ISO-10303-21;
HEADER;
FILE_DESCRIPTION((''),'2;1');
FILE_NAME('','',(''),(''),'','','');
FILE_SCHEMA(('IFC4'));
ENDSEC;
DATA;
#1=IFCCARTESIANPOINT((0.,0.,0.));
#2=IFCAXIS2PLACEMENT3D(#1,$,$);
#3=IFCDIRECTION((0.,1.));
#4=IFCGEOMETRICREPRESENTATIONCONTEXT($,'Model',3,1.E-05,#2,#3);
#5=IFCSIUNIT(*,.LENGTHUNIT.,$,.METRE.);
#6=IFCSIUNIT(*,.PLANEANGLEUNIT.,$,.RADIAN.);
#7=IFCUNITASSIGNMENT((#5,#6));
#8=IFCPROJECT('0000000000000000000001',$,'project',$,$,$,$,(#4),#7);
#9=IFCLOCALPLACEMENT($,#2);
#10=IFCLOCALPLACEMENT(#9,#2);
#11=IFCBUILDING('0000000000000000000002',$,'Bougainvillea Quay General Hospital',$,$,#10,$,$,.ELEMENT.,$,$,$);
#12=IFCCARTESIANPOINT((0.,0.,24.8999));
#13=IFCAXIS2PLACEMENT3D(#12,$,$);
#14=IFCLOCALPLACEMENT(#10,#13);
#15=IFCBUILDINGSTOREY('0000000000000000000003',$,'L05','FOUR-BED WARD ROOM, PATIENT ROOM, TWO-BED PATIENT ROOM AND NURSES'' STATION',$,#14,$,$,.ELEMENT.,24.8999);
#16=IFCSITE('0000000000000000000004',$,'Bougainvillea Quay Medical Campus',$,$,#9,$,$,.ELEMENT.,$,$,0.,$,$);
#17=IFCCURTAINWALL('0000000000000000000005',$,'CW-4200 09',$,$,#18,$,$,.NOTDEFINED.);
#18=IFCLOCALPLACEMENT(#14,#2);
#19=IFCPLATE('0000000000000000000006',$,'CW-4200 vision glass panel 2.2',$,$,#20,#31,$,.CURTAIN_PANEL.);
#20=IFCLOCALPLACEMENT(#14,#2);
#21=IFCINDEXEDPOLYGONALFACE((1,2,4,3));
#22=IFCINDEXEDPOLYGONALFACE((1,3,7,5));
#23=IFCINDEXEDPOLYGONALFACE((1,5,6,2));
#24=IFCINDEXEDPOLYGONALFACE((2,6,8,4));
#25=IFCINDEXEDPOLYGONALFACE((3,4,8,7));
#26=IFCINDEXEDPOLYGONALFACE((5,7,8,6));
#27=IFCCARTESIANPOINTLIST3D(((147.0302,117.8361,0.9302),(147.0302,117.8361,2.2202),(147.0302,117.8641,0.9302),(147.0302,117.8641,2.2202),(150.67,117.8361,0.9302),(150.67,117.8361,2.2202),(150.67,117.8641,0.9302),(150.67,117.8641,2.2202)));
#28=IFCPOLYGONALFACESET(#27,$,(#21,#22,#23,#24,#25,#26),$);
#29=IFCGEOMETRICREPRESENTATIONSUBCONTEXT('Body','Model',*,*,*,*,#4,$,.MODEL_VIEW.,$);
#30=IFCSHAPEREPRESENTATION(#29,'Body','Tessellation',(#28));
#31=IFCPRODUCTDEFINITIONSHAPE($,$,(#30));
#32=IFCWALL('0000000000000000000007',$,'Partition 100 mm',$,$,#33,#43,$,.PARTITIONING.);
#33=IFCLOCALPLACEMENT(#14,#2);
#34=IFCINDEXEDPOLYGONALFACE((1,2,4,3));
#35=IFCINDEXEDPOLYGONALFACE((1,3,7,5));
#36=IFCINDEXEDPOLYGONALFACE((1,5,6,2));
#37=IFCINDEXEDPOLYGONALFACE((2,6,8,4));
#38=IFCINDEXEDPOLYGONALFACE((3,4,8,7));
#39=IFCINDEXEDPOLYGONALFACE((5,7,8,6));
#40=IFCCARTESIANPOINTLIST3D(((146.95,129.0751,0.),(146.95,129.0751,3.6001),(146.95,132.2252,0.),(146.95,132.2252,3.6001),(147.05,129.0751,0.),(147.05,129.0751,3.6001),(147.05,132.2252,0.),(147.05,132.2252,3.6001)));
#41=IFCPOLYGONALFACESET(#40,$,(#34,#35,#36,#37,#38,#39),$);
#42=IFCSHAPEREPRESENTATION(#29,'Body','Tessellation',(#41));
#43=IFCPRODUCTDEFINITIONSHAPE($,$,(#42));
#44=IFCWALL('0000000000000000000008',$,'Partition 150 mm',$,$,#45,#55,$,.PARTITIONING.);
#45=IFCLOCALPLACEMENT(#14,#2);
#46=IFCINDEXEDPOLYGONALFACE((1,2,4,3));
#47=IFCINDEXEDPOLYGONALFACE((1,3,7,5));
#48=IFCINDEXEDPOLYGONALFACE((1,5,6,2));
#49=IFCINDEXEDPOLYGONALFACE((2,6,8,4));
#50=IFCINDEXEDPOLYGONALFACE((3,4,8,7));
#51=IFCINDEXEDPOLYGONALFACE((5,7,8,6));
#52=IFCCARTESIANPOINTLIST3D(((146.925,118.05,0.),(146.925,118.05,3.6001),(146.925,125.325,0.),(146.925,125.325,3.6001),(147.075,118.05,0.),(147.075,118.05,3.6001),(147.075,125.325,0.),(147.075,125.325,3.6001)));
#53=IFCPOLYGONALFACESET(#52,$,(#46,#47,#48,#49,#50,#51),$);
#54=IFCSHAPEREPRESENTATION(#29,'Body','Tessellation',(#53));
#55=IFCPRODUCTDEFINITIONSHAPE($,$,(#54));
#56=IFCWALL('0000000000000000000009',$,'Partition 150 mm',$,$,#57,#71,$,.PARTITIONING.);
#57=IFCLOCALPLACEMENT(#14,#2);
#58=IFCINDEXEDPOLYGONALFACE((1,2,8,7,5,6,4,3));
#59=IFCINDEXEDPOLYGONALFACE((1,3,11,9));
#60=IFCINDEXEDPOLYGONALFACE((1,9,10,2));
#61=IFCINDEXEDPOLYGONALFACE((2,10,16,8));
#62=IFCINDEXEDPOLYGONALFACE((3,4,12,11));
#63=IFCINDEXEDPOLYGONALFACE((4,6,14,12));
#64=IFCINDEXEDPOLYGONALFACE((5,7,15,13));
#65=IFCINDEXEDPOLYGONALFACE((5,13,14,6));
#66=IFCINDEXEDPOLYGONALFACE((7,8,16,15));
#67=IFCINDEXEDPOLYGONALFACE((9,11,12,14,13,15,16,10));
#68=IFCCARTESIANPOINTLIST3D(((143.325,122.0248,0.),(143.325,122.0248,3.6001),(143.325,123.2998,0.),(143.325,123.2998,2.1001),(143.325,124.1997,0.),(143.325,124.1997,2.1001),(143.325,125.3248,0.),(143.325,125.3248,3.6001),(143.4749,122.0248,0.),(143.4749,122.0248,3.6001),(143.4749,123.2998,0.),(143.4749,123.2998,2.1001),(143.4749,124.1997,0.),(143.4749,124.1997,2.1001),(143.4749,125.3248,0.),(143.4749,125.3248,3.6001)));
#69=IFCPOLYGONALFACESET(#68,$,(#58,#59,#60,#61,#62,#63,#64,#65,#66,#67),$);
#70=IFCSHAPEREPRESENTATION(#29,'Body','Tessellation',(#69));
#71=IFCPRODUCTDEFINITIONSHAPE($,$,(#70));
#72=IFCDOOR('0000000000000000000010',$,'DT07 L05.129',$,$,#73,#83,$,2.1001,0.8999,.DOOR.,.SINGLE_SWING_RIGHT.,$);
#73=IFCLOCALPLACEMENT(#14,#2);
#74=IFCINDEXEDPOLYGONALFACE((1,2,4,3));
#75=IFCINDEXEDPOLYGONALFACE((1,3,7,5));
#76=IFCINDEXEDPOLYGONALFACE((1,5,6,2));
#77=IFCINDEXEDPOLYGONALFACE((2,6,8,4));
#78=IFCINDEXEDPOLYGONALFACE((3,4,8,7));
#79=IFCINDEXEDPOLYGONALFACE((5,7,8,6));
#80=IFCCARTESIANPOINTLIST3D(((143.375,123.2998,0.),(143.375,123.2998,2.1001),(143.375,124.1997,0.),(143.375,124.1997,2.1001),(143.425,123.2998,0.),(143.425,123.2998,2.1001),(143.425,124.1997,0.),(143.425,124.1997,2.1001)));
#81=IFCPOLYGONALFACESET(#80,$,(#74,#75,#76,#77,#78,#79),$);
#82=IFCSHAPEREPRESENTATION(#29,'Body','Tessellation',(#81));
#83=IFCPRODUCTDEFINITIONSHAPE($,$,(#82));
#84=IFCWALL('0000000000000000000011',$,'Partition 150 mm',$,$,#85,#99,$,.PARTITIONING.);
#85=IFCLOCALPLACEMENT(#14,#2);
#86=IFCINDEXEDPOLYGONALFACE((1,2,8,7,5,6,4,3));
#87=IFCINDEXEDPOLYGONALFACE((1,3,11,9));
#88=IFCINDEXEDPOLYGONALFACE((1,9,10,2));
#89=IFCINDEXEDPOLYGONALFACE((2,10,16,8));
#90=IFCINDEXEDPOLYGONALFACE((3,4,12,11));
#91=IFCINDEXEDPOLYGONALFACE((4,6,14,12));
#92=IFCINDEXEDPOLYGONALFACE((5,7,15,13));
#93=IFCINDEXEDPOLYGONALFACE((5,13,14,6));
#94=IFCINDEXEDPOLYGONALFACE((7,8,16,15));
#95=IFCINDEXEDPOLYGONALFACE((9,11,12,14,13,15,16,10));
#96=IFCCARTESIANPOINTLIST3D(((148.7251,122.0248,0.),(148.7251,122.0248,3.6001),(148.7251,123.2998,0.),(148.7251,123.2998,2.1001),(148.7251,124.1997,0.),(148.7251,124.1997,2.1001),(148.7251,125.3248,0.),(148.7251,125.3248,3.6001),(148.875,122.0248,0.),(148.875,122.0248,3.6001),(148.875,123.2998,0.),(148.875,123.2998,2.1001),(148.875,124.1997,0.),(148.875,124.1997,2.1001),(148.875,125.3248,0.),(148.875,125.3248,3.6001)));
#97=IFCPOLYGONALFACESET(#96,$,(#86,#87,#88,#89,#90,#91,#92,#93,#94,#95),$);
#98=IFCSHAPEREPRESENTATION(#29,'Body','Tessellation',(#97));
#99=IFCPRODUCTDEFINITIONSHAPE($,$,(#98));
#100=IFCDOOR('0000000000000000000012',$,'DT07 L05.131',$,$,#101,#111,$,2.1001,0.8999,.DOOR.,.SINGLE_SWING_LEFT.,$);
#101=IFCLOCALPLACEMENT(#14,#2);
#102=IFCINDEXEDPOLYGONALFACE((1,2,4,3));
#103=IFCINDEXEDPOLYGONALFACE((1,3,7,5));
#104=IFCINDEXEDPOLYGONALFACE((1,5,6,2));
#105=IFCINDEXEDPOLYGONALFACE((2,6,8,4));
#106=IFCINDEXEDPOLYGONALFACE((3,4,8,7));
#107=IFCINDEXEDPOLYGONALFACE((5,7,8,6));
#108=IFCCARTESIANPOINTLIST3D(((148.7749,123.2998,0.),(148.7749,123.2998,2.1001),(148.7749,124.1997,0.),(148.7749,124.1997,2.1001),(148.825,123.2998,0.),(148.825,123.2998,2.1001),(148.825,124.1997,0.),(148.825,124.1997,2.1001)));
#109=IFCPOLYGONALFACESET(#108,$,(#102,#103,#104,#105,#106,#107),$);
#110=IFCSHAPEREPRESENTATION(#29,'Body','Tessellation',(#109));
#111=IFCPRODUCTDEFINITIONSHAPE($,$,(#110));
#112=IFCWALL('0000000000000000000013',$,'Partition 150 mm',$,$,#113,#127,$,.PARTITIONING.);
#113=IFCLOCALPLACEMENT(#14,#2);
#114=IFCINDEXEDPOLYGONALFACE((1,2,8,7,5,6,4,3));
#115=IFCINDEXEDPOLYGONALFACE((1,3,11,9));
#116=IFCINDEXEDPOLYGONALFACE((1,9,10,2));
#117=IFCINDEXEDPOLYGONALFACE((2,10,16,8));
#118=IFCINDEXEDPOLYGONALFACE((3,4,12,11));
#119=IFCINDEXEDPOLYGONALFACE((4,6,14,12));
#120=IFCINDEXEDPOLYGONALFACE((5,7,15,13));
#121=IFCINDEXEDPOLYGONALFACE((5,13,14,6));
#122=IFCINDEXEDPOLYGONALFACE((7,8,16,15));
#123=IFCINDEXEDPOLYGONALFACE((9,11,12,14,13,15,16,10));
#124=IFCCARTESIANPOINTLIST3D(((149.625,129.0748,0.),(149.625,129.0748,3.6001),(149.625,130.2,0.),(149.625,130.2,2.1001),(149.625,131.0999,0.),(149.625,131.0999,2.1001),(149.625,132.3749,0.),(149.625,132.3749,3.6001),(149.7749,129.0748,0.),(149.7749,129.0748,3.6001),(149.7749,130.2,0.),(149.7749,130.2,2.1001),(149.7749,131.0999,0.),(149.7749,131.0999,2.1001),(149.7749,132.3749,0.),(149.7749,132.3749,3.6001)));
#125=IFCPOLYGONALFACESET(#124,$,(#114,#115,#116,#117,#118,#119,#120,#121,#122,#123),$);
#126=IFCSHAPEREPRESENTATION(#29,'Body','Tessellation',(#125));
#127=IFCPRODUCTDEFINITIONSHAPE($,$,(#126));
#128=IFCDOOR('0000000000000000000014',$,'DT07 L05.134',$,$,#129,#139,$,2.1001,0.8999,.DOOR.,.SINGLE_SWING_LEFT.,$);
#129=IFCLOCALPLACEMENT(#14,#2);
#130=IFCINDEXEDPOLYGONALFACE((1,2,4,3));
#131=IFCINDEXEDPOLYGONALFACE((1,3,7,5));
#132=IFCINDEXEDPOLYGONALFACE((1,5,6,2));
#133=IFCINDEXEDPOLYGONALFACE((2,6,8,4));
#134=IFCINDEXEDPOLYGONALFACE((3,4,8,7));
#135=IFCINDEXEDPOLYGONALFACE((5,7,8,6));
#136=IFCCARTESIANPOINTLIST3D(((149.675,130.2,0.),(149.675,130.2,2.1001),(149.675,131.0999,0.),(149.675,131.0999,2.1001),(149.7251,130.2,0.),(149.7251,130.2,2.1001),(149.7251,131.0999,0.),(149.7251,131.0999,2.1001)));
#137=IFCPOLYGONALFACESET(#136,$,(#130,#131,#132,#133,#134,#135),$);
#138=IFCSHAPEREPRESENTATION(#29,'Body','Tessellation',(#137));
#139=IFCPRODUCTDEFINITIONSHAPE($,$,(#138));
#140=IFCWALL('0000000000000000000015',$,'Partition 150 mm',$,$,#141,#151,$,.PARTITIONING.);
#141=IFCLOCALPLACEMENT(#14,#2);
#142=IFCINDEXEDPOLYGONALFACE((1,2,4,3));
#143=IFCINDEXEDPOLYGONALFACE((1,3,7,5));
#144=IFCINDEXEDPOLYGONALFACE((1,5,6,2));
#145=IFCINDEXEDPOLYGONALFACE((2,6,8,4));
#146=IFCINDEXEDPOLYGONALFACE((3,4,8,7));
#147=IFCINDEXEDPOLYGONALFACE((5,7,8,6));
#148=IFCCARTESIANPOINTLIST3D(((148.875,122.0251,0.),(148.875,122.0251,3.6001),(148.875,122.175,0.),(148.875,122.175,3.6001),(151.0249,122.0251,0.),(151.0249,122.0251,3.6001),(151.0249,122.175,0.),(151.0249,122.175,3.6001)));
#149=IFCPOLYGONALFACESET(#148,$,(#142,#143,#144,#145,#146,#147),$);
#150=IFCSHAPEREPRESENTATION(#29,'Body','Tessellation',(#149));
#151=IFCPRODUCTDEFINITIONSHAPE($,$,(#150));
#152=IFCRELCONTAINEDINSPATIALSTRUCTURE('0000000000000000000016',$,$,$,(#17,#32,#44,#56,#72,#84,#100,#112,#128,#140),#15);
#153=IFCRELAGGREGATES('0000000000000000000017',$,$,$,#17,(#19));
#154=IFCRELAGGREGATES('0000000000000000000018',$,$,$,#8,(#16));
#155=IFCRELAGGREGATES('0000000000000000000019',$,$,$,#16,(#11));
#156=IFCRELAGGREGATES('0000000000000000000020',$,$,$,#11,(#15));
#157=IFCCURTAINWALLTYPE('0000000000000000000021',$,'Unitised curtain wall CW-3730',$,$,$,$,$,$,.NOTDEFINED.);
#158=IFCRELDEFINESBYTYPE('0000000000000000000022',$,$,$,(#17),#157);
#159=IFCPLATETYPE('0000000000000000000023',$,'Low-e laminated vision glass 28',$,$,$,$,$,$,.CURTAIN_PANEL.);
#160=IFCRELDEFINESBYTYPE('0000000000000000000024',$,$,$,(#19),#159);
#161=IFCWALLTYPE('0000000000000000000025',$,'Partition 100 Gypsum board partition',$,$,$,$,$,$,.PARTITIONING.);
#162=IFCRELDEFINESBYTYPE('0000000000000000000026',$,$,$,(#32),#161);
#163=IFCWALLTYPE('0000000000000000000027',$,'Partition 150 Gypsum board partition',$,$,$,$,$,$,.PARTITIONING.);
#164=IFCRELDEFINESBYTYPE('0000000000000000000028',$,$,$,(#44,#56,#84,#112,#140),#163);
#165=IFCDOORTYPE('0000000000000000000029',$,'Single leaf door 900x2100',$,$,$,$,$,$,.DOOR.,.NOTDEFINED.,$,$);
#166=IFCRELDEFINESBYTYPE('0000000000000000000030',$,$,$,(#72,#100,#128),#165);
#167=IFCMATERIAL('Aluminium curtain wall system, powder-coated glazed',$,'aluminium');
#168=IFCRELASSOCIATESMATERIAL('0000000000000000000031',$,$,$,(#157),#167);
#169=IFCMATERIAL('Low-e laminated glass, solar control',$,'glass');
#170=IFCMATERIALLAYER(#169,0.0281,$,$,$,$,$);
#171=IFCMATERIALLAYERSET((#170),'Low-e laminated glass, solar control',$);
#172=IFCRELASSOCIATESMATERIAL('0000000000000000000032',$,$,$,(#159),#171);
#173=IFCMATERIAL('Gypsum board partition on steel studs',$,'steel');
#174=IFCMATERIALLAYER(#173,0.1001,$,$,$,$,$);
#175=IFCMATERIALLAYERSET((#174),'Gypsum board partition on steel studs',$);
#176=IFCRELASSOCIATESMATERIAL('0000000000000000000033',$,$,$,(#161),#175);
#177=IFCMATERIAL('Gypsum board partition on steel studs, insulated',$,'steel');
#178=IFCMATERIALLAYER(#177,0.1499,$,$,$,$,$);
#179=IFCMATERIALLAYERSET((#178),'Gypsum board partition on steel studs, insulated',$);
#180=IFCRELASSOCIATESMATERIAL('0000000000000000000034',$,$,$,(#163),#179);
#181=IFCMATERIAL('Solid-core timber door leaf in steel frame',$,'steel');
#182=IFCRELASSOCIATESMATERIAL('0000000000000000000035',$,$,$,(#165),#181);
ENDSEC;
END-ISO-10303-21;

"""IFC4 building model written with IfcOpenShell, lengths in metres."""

from ifc_helpers import new_model, si_unit, direction, frame, frame_2d, origin, origin_2d, place, context, subcontext, project, spatial, rectangle, extrude, material, layer, layer_set, type_object, element, fill, aggregate, save


model = new_model("IFC4")

# Units and contexts
model_context = context("Model", 3, precision=1e-05, world=origin(), true_north=direction((0.0, 1.0)))
body_context = subcontext(model_context, "Body", "Model", "MODEL_VIEW")
ifc_project = project(units=[si_unit("LENGTHUNIT", "METRE"), si_unit("PLANEANGLEUNIT", "RADIAN")], contexts=[model_context])

# Site, building, storey
site_placement = place(None, origin())
site = spatial("IfcSite", under=ifc_project, at=site_placement, Name="Bougainvillea Quay Medical Campus", CompositionType="ELEMENT", RefElevation=0.0)
building_placement = place(site_placement, origin())
building = spatial("IfcBuilding", under=site, at=building_placement, Name="Bougainvillea Quay General Hospital", CompositionType="ELEMENT")
storey_placement = place(building_placement, frame((0.0, 0.0, 24.8999)))
storey = spatial("IfcBuildingStorey", under=building, at=storey_placement, Name="L05", Description="FOUR-BED WARD ROOM, PATIENT ROOM, TWO-BED PATIENT ROOM AND NURSES' STATION", CompositionType="ELEMENT", Elevation=24.8999)

# Curtain wall, plate
ifc_material_1 = material(Name="Aluminium curtain wall system, powder-coated glazed", Category="aluminium")
curtain_wall_type = type_object("IfcCurtainWallType", Name="Unitised curtain wall CW-3730", PredefinedType="NOTDEFINED", material=ifc_material_1)
curtain_wall_placement = place(storey_placement, origin())
curtain_wall = element("IfcCurtainWall", 1, at=curtain_wall_placement, inside=storey, type_object=curtain_wall_type, Name="CW-4200 09", PredefinedType="NOTDEFINED")
ifc_material_2 = material(Name="Low-e laminated glass, solar control", Category="glass")
ifc_layer_1 = layer(ifc_material_2, 0.0281)
ifc_layer_set_1 = layer_set([ifc_layer_1], Name="Low-e laminated glass, solar control")
plate_type_1 = type_object("IfcPlateType", Name="Low-e laminated vision glass 28", PredefinedType="CURTAIN_PANEL", material=ifc_layer_set_1)
plate_1_placement = place(storey_placement, frame((148.8501, 117.8501, 0.9302), z_axis=(0.0, 0.0, 1.0), x_axis=(1.0, 0.0, 0.0)))
plate_1 = element("IfcPlate", 2, at=plate_1_placement, type_object=plate_type_1, Name="CW-4200 vision glass panel 2.2", PredefinedType="CURTAIN_PANEL", context=body_context, shape_type="SweptSolid", body=[
    extrude(rectangle(XDim=3.6399, YDim=0.0281, at=origin_2d()), origin(), (0.0, 0.0, 1.0), 1.29),
])
aggregate(curtain_wall, [plate_1])

# Walls
ifc_material_3 = material(Name="Gypsum board partition on steel studs", Category="steel")
ifc_layer_2 = layer(ifc_material_3, 0.1001)
ifc_layer_set_2 = layer_set([ifc_layer_2], Name="Gypsum board partition on steel studs")
wall_type_1 = type_object("IfcWallType", Name="Partition 100 Gypsum board partition", PredefinedType="PARTITIONING", material=ifc_layer_set_2)
wall_1_placement = place(storey_placement, frame((147.0, 129.075, 0.0), z_axis=(0.0, 0.0, 1.0), x_axis=(0.0, 1.0, 0.0)))
element("IfcWall", 3, at=wall_1_placement, inside=storey, type_object=wall_type_1, Name="Partition 100 mm", PredefinedType="PARTITIONING", context=body_context, shape_type="SweptSolid", body=[
    extrude(rectangle(XDim=3.1501, YDim=0.1001, at=frame_2d((1.5752, 0.0))), origin(), (0.0, 0.0, 1.0), 3.6001),
])
ifc_material_4 = material(Name="Gypsum board partition on steel studs, insulated", Category="steel")
ifc_layer_3 = layer(ifc_material_4, 0.1499)
ifc_layer_set_3 = layer_set([ifc_layer_3], Name="Gypsum board partition on steel studs, insulated")
wall_type_2 = type_object("IfcWallType", Name="Partition 150 Gypsum board partition", PredefinedType="PARTITIONING", material=ifc_layer_set_3)
wall_2_placement = place(storey_placement, frame((147.0, 118.05, 0.0), z_axis=(0.0, 0.0, 1.0), x_axis=(0.0, 1.0, 0.0)))
element("IfcWall", 4, at=wall_2_placement, inside=storey, type_object=wall_type_2, Name="Partition 150 mm", PredefinedType="PARTITIONING", context=body_context, shape_type="SweptSolid", body=[
    extrude(rectangle(XDim=7.2749, YDim=0.1499, at=frame_2d((3.6375, 0.0))), origin(), (0.0, 0.0, 1.0), 3.6001),
])

# Walls, openings, doors
wall_3_placement = place(storey_placement, frame((143.3999, 122.0249, 0.0), z_axis=(0.0, 0.0, 1.0), x_axis=(0.0, 1.0, 0.0)))
wall_3 = element("IfcWall", 5, at=wall_3_placement, inside=storey, type_object=wall_type_2, Name="Partition 150 mm", PredefinedType="PARTITIONING", context=body_context, shape_type="SweptSolid", body=[
    extrude(rectangle(XDim=3.3, YDim=0.1499, at=frame_2d((1.6499, 0.0))), origin(), (0.0, 0.0, 1.0), 3.6001),
])
opening_1_placement = place(wall_3_placement, frame((1.2749, 0.0, 0.0)))
opening_1 = element("IfcOpeningElement", 6, at=opening_1_placement, cuts=wall_3, PredefinedType="OPENING", context=body_context, shape_type="SweptSolid", body=[
    extrude(rectangle(XDim=0.8999, YDim=2.1001, at=frame_2d((0.45, 1.05))), frame((0.0, 0.085, 0.0), z_axis=(0.0, -1.0, 0.0), x_axis=(1.0, 0.0, 0.0)), (0.0, 0.0, 1.0), 0.1699),
])
ifc_material_5 = material(Name="Solid-core timber door leaf in steel frame", Category="steel")
door_type_1 = type_object("IfcDoorType", Name="Single leaf door 900x2100", OperationType="NOTDEFINED", PredefinedType="DOOR", material=ifc_material_5)
door_1_placement = place(opening_1_placement, origin())
door_1 = element("IfcDoor", 7, at=door_1_placement, inside=storey, type_object=door_type_1, Name="DT07 L05.129", OperationType="SINGLE_SWING_RIGHT", OverallHeight=2.1001, OverallWidth=0.8999, PredefinedType="DOOR", context=body_context, shape_type="SweptSolid", body=[
    extrude(rectangle(XDim=0.8999, YDim=2.1001, at=frame_2d((0.45, 1.05))), frame((0.0, 0.0249, 0.0), z_axis=(0.0, -1.0, 0.0), x_axis=(1.0, 0.0, 0.0)), (0.0, 0.0, 1.0), 0.05),
])
fill(opening_1, door_1)
wall_4_placement = place(storey_placement, frame((148.8, 122.0249, 0.0), z_axis=(0.0, 0.0, 1.0), x_axis=(0.0, 1.0, 0.0)))
wall_4 = element("IfcWall", 8, at=wall_4_placement, inside=storey, type_object=wall_type_2, Name="Partition 150 mm", PredefinedType="PARTITIONING", context=body_context, shape_type="SweptSolid", body=[
    extrude(rectangle(XDim=3.3, YDim=0.1499, at=frame_2d((1.6499, 0.0))), origin(), (0.0, 0.0, 1.0), 3.6001),
])
opening_2_placement = place(wall_4_placement, frame((1.2749, 0.0, 0.0)))
opening_2 = element("IfcOpeningElement", 9, at=opening_2_placement, cuts=wall_4, PredefinedType="OPENING", context=body_context, shape_type="SweptSolid", body=[
    extrude(rectangle(XDim=0.8999, YDim=2.1001, at=frame_2d((0.45, 1.05))), frame((0.0, 0.085, 0.0), z_axis=(0.0, -1.0, 0.0), x_axis=(1.0, 0.0, 0.0)), (0.0, 0.0, 1.0), 0.1699),
])
door_2_placement = place(opening_2_placement, frame((0.8999, 0.0, 0.0), z_axis=(0.0, 0.0, 1.0), x_axis=(-1.0, 0.0, 0.0)))
door_2 = element("IfcDoor", 10, at=door_2_placement, inside=storey, type_object=door_type_1, Name="DT07 L05.131", OperationType="SINGLE_SWING_LEFT", OverallHeight=2.1001, OverallWidth=0.8999, PredefinedType="DOOR", context=body_context, shape_type="SweptSolid", body=[
    extrude(rectangle(XDim=0.8999, YDim=2.1001, at=frame_2d((0.45, 1.05))), frame((0.0, 0.0249, 0.0), z_axis=(0.0, -1.0, 0.0), x_axis=(1.0, 0.0, 0.0)), (0.0, 0.0, 1.0), 0.05),
])
fill(opening_2, door_2)
wall_5_placement = place(storey_placement, frame((149.7, 129.075, 0.0), z_axis=(0.0, 0.0, 1.0), x_axis=(0.0, 1.0, 0.0)))
wall_5 = element("IfcWall", 11, at=wall_5_placement, inside=storey, type_object=wall_type_2, Name="Partition 150 mm", PredefinedType="PARTITIONING", context=body_context, shape_type="SweptSolid", body=[
    extrude(rectangle(XDim=3.3, YDim=0.1499, at=frame_2d((1.6499, 0.0))), origin(), (0.0, 0.0, 1.0), 3.6001),
])
opening_3_placement = place(wall_5_placement, frame((1.125, 0.0, 0.0)))
opening_3 = element("IfcOpeningElement", 12, at=opening_3_placement, cuts=wall_5, PredefinedType="OPENING", context=body_context, shape_type="SweptSolid", body=[
    extrude(rectangle(XDim=0.8999, YDim=2.1001, at=frame_2d((0.45, 1.05))), frame((0.0, 0.085, 0.0), z_axis=(0.0, -1.0, 0.0), x_axis=(1.0, 0.0, 0.0)), (0.0, 0.0, 1.0), 0.1699),
])
door_3_placement = place(opening_3_placement, origin())
door_3 = element("IfcDoor", 13, at=door_3_placement, inside=storey, type_object=door_type_1, Name="DT07 L05.134", OperationType="SINGLE_SWING_LEFT", OverallHeight=2.1001, OverallWidth=0.8999, PredefinedType="DOOR", context=body_context, shape_type="SweptSolid", body=[
    extrude(rectangle(XDim=0.8999, YDim=2.1001, at=frame_2d((0.45, 1.05))), frame((0.0, 0.0249, 0.0), z_axis=(0.0, -1.0, 0.0), x_axis=(1.0, 0.0, 0.0)), (0.0, 0.0, 1.0), 0.05),
])
fill(opening_3, door_3)

# Wall
wall_6_placement = place(storey_placement, frame((148.875, 122.1001, 0.0), z_axis=(0.0, 0.0, 1.0), x_axis=(1.0, 0.0, 0.0)))
element("IfcWall", 14, at=wall_6_placement, inside=storey, type_object=wall_type_2, Name="Partition 150 mm", PredefinedType="PARTITIONING", context=body_context, shape_type="SweptSolid", body=[
    extrude(rectangle(XDim=2.1499, YDim=0.1499, at=frame_2d((1.075, 0.0))), origin(), (0.0, 0.0, 1.0), 3.6001),
])

save(model, "model.ifc")
